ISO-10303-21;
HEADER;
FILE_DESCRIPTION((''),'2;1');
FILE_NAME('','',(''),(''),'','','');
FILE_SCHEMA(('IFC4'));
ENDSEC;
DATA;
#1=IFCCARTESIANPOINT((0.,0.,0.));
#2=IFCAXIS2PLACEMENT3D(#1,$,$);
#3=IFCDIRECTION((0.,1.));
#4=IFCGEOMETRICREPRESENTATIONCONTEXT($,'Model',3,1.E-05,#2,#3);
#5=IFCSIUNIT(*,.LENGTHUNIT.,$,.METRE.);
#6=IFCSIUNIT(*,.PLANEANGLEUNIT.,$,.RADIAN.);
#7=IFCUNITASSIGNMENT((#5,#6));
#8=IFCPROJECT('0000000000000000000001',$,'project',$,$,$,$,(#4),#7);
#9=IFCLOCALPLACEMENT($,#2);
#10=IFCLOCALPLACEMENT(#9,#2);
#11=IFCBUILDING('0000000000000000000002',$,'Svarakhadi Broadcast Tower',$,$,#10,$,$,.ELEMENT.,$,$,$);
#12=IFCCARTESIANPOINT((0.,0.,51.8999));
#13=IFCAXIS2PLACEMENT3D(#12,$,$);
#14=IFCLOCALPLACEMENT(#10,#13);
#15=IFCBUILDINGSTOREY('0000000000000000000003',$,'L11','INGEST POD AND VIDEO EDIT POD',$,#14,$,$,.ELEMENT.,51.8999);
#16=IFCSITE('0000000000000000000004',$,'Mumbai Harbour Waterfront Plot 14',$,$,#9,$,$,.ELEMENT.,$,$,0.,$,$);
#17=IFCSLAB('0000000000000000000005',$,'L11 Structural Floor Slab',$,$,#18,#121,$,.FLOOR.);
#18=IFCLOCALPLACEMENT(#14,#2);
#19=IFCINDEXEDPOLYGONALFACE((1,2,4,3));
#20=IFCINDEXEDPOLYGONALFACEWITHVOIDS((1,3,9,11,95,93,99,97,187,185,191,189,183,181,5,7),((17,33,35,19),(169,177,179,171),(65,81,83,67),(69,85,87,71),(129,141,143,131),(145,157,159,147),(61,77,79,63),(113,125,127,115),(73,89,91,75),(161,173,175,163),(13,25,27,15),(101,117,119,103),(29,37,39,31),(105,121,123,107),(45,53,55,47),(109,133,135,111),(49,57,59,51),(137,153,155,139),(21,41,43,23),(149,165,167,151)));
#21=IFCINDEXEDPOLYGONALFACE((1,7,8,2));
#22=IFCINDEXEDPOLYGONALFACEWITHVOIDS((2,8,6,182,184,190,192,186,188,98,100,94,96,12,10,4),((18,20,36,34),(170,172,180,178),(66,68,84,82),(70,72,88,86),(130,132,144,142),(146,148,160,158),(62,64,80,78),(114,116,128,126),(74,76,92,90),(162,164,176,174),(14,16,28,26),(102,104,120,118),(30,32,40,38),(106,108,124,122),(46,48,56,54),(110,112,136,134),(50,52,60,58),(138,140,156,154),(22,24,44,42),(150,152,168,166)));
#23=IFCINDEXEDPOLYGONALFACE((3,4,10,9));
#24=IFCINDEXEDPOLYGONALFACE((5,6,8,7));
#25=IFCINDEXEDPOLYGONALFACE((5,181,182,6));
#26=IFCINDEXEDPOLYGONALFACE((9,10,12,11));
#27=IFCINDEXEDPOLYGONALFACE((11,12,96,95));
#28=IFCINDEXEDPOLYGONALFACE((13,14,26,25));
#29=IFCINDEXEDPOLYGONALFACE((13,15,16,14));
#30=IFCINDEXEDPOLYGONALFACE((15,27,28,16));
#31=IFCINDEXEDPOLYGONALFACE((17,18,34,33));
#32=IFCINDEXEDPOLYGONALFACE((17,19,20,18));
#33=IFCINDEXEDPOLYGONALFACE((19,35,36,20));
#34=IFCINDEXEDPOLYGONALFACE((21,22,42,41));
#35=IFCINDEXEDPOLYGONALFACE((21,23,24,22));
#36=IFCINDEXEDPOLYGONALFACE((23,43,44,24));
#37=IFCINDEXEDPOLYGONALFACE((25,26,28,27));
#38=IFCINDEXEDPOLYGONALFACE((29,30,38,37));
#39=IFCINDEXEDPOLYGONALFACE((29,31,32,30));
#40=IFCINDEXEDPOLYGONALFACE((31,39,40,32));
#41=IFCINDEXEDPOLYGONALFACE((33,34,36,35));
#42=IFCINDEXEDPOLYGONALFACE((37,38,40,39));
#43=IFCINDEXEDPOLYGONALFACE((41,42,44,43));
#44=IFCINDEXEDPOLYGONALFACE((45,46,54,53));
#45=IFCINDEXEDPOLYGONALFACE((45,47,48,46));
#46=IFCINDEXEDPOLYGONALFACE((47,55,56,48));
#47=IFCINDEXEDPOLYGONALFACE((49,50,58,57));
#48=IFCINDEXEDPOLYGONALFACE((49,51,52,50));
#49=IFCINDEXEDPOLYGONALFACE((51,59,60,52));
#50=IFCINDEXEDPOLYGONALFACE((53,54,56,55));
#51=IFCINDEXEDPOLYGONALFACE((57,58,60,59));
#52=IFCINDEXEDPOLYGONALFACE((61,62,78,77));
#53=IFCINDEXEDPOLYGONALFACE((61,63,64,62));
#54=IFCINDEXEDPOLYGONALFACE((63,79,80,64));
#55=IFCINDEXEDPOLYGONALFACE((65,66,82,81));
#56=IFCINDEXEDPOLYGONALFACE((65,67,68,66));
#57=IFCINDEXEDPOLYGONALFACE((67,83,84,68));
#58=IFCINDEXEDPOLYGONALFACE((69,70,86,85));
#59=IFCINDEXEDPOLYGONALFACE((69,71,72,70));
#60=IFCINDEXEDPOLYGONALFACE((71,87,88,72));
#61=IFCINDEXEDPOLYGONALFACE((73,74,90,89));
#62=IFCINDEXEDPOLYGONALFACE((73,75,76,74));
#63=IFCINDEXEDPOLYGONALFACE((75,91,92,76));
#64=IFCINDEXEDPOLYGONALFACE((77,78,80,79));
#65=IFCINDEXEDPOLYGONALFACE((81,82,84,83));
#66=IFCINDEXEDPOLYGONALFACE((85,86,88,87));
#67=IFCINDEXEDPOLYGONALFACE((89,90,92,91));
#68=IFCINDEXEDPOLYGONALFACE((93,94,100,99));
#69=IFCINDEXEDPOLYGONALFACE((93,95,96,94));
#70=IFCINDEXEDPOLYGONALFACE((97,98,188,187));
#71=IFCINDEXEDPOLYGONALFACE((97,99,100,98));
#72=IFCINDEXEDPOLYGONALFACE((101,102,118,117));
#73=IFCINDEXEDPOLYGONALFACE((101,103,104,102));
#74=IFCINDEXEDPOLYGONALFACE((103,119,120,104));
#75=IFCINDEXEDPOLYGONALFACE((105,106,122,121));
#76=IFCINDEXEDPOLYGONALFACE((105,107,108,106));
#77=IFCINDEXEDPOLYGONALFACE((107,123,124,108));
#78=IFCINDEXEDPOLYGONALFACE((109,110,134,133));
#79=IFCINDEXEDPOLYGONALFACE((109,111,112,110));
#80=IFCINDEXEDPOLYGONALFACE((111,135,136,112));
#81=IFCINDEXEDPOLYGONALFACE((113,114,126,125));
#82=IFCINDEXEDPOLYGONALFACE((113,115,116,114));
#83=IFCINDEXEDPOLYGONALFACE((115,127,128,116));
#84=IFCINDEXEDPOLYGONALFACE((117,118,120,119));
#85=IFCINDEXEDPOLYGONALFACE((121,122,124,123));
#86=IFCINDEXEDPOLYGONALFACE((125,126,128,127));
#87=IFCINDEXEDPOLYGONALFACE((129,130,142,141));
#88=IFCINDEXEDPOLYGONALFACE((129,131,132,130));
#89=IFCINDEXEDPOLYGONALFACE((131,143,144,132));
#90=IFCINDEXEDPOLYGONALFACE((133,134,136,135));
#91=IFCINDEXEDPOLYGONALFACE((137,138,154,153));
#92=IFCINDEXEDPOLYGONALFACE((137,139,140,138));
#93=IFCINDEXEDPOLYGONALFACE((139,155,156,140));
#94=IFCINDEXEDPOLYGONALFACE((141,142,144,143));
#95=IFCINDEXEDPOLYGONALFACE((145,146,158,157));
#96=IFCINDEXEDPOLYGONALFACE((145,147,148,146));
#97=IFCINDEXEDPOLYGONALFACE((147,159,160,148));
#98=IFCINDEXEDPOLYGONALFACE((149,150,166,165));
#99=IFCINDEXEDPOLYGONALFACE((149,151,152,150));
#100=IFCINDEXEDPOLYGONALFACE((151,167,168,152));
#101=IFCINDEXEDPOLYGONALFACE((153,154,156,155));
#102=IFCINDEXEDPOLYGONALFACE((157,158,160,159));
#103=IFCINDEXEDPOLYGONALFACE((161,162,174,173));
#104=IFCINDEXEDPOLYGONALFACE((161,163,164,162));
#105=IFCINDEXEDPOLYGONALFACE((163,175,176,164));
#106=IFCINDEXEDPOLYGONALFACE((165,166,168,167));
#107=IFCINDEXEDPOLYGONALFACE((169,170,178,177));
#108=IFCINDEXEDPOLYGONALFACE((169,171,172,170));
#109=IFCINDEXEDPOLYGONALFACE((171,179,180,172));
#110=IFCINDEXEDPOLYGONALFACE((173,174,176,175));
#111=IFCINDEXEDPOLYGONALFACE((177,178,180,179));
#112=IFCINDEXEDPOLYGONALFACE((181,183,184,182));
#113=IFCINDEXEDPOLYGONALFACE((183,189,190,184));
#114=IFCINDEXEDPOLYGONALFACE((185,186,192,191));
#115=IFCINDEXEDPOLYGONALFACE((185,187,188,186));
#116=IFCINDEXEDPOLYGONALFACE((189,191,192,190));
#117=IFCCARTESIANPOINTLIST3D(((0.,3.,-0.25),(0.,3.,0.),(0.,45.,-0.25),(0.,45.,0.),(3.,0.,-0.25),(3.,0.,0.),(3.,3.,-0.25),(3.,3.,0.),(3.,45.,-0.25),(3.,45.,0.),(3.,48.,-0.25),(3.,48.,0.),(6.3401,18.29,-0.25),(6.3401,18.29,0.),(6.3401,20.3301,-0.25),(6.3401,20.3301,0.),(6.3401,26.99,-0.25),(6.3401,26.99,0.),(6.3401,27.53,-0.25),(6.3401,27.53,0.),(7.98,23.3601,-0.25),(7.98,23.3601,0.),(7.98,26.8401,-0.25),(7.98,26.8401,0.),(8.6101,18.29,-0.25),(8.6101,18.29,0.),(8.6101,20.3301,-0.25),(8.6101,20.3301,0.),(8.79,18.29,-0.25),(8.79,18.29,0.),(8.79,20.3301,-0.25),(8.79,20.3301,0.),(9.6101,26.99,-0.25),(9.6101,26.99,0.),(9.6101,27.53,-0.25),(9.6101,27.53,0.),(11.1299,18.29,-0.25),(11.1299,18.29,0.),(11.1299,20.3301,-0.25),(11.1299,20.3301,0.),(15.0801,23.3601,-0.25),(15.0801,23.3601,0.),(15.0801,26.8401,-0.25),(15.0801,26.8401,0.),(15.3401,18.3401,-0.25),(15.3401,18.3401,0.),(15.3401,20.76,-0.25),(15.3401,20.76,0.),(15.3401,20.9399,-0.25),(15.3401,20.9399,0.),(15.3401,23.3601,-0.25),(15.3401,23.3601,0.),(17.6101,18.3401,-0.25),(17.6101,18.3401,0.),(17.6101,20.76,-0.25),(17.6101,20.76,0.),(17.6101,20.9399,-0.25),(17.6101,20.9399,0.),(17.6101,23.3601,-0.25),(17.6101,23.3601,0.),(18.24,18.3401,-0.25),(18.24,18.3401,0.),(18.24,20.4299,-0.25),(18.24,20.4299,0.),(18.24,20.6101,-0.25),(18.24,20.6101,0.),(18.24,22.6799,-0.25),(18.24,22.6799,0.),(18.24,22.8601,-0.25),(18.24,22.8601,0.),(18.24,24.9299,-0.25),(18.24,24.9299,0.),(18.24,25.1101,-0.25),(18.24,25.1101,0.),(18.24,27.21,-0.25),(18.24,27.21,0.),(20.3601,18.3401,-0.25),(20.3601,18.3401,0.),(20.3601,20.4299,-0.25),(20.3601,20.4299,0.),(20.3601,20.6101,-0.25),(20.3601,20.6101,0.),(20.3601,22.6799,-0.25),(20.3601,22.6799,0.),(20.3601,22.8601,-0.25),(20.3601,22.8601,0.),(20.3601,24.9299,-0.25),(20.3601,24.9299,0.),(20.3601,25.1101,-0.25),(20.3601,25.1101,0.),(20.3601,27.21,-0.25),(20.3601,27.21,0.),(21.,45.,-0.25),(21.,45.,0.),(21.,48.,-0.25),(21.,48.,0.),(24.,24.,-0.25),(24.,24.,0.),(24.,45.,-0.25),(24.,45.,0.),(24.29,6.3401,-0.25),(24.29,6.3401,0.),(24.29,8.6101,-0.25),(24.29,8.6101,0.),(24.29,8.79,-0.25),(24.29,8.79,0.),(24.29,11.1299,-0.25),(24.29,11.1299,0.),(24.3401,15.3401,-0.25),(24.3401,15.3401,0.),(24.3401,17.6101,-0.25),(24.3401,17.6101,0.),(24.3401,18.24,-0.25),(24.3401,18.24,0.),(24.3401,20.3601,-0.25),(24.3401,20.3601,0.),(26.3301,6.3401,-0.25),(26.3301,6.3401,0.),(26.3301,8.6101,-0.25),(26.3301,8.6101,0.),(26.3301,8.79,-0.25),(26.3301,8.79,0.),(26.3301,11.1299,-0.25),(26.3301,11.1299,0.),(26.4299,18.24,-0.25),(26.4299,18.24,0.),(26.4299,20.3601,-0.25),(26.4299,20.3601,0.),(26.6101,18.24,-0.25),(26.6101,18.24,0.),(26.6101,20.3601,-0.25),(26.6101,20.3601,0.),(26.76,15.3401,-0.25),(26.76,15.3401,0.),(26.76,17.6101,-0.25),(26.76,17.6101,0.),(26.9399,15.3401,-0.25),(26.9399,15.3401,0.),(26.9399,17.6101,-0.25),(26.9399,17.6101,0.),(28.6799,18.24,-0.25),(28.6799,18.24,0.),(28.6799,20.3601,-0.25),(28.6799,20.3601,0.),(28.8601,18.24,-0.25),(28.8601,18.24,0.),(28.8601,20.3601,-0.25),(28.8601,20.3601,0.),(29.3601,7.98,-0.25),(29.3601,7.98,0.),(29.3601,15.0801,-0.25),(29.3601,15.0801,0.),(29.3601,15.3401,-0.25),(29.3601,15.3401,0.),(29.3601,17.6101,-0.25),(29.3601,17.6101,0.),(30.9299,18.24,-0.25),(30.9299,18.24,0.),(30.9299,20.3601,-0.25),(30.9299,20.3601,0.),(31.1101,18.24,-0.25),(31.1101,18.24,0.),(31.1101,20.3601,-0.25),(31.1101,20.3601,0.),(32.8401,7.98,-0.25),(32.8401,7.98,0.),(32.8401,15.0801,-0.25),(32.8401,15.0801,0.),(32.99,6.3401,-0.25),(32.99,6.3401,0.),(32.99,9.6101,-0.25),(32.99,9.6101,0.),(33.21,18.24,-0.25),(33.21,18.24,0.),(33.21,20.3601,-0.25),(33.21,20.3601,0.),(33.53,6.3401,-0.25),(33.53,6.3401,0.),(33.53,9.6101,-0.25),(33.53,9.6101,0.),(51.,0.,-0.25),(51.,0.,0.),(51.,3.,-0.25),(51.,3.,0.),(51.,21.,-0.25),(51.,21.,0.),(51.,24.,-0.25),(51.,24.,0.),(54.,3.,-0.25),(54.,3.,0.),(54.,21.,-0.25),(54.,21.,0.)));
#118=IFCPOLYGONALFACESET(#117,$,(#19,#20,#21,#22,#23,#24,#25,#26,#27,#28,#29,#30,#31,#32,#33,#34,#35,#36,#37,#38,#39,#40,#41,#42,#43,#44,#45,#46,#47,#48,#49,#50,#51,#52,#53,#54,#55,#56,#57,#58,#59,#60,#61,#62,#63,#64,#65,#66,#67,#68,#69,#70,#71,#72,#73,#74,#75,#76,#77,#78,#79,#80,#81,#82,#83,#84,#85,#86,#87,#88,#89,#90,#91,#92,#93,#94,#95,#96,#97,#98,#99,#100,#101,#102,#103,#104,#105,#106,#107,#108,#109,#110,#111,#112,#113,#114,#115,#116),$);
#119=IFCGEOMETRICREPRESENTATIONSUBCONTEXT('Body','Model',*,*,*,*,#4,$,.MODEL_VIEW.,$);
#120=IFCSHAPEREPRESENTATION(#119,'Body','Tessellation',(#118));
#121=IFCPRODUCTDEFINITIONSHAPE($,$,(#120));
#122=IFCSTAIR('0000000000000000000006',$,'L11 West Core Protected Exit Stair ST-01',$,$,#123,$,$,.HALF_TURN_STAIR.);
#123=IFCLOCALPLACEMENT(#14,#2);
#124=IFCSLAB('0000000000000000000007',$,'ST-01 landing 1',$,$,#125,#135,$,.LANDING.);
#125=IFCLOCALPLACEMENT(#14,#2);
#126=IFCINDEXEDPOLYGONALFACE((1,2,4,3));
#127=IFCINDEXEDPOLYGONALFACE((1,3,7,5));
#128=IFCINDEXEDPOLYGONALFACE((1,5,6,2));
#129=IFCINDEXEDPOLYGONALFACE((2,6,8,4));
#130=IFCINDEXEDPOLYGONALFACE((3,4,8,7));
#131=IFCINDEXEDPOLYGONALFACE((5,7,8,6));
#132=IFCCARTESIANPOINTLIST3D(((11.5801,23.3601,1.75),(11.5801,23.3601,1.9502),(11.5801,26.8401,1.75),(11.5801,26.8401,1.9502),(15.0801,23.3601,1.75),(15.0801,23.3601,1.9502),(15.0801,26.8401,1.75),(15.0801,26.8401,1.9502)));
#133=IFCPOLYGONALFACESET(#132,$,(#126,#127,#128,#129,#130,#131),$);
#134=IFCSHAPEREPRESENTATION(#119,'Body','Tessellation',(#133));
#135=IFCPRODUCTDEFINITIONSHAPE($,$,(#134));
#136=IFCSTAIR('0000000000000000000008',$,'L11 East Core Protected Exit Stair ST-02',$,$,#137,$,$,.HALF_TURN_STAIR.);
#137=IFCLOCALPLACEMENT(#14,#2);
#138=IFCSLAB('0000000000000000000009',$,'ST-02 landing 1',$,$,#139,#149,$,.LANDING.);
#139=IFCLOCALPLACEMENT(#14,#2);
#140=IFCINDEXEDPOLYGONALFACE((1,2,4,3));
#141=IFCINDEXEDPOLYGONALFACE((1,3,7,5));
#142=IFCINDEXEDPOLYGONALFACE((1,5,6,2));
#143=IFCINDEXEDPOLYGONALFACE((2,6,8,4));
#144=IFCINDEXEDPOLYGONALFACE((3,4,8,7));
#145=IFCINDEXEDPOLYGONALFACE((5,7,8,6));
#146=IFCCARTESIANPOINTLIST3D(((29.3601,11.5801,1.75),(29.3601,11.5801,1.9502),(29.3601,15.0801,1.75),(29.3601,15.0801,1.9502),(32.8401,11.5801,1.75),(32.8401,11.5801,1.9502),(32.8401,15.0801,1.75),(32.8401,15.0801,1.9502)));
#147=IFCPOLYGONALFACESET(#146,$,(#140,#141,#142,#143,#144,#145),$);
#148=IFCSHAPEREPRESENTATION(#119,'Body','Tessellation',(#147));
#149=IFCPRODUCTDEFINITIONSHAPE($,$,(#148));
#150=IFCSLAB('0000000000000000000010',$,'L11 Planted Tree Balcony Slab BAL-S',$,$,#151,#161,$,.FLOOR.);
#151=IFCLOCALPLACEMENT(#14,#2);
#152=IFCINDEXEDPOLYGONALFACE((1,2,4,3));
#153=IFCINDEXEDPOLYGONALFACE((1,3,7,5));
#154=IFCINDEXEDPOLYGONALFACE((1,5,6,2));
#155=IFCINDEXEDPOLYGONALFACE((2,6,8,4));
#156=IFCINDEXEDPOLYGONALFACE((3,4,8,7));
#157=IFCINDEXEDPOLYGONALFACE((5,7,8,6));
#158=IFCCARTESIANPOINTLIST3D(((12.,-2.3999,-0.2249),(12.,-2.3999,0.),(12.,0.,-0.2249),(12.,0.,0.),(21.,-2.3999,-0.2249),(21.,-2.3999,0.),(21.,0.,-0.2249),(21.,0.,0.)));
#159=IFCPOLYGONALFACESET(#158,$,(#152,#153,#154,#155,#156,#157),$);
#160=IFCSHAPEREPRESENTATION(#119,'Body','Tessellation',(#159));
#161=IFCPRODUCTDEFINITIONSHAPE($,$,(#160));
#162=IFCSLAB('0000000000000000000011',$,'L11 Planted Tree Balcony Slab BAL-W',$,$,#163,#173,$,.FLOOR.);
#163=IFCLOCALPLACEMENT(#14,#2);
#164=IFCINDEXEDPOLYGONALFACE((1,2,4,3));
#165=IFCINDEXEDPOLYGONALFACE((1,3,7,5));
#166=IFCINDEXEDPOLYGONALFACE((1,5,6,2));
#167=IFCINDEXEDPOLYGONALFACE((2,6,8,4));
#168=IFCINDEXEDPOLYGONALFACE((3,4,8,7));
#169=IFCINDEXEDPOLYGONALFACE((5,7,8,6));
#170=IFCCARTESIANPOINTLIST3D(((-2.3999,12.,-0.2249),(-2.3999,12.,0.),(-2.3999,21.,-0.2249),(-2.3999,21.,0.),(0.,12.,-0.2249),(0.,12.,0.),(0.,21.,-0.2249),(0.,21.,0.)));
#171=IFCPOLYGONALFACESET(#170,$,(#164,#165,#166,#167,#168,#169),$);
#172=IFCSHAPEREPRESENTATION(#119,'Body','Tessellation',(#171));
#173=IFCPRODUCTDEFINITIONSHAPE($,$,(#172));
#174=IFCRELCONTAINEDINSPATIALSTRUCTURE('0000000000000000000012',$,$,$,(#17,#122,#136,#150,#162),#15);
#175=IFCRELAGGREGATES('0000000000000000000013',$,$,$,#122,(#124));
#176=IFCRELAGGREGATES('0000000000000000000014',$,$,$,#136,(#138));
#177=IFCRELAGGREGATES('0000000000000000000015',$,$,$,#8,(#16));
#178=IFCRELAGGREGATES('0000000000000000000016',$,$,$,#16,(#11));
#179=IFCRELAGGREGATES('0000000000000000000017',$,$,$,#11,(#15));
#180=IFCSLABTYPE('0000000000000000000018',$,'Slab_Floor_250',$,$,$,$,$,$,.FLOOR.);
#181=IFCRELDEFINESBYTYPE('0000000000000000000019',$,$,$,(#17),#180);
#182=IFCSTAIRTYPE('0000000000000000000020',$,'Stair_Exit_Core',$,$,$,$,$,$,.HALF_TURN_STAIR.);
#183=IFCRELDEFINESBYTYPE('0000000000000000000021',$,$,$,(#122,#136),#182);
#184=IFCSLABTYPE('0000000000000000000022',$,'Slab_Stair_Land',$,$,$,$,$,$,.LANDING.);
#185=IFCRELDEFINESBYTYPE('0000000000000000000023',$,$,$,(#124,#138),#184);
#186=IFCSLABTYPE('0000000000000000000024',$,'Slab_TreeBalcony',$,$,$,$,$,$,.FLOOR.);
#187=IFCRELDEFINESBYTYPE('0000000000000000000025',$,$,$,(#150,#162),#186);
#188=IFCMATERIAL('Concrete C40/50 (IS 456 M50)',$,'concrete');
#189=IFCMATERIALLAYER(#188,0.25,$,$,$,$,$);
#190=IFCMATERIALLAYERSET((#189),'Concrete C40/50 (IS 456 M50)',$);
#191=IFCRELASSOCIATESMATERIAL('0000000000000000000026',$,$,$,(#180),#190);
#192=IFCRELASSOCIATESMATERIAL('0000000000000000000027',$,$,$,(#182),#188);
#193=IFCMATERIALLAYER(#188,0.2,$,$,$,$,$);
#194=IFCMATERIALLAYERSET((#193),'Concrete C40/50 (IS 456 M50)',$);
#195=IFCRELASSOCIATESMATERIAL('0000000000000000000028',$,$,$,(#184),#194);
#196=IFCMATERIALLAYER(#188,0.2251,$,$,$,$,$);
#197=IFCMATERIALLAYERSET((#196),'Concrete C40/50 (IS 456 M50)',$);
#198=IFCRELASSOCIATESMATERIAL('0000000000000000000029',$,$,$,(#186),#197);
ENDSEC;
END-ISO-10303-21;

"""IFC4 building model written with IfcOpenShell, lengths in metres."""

from ifc_helpers import new_model, si_unit, direction, frame, origin, place, context, subcontext, project, spatial, polyline, outline, extrude, material, layer, layer_set, type_object, element, aggregate, save


model = new_model("IFC4")

# Units and contexts
model_context = context("Model", 3, precision=1e-05, world=origin(), true_north=direction((0.0, 1.0)))
body_context = subcontext(model_context, "Body", "Model", "MODEL_VIEW")
ifc_project = project(units=[si_unit("LENGTHUNIT", "METRE"), si_unit("PLANEANGLEUNIT", "RADIAN")], contexts=[model_context])

# Site, building, storey
site_placement = place(None, origin())
site = spatial("IfcSite", under=ifc_project, at=site_placement, Name="Mumbai Harbour Waterfront Plot 14", CompositionType="ELEMENT", RefElevation=0.0)
building_placement = place(site_placement, origin())
building = spatial("IfcBuilding", under=site, at=building_placement, Name="Svarakhadi Broadcast Tower", CompositionType="ELEMENT")
storey_placement = place(building_placement, frame((0.0, 0.0, 51.8999)))
storey = spatial("IfcBuildingStorey", under=building, at=storey_placement, Name="L11", Description="INGEST POD AND VIDEO EDIT POD", CompositionType="ELEMENT", Elevation=51.8999)

# Slab
ifc_material_1 = material(Name="Concrete C40/50 (IS 456 M50)", Category="concrete")
ifc_layer_1 = layer(ifc_material_1, 0.25)
ifc_layer_set_1 = layer_set([ifc_layer_1], Name="Concrete C40/50 (IS 456 M50)")
slab_type_1 = type_object("IfcSlabType", Name="Slab_Floor_250", PredefinedType="FLOOR", material=ifc_layer_set_1)
slab_1_placement = place(storey_placement, frame((0.0, 0.0, -0.25)))
element("IfcSlab", 1, at=slab_1_placement, inside=storey, type_object=slab_type_1, Name="L11 Structural Floor Slab", PredefinedType="FLOOR", context=body_context, shape_type="SweptSolid", body=[
    extrude(outline(polyline([(3.0, 0.0), (51.0, 0.0), (51.0, 3.0), (54.0, 3.0), (54.0, 21.0), (51.0, 21.0), (51.0, 24.0), (24.0, 24.0), (24.0, 45.0), (21.0, 45.0), (21.0, 48.0), (3.0, 48.0), (3.0, 45.0), (0.0, 45.0), (0.0, 3.0), (3.0, 3.0), (3.0, 0.0)]), holes=[polyline([(7.98, 23.3601), (15.0801, 23.3601), (15.0801, 26.8401), (7.98, 26.8401), (7.98, 23.3601)]), polyline([(32.8401, 7.98), (32.8401, 15.0801), (29.3601, 15.0801), (29.3601, 7.98), (32.8401, 7.98)]), polyline([(6.3401, 18.29), (8.6101, 18.29), (8.6101, 20.3301), (6.3401, 20.3301), (6.3401, 18.29)]), polyline([(8.79, 18.29), (11.1299, 18.29), (11.1299, 20.3301), (8.79, 20.3301), (8.79, 18.29)]), polyline([(24.29, 6.3401), (26.3301, 6.3401), (26.3301, 8.6101), (24.29, 8.6101), (24.29, 6.3401)]), polyline([(24.29, 8.79), (26.3301, 8.79), (26.3301, 11.1299), (24.29, 11.1299), (24.29, 8.79)]), polyline([(6.3401, 26.99), (9.6101, 26.99), (9.6101, 27.53), (6.3401, 27.53), (6.3401, 26.99)]), polyline([(32.99, 6.3401), (33.53, 6.3401), (33.53, 9.6101), (32.99, 9.6101), (32.99, 6.3401)]), polyline([(15.3401, 18.3401), (17.6101, 18.3401), (17.6101, 20.76), (15.3401, 20.76), (15.3401, 18.3401)]), polyline([(15.3401, 20.9399), (17.6101, 20.9399), (17.6101, 23.3601), (15.3401, 23.3601), (15.3401, 20.9399)]), polyline([(24.3401, 15.3401), (26.76, 15.3401), (26.76, 17.6101), (24.3401, 17.6101), (24.3401, 15.3401)]), polyline([(26.9399, 15.3401), (29.3601, 15.3401), (29.3601, 17.6101), (26.9399, 17.6101), (26.9399, 15.3401)]), polyline([(18.24, 18.3401), (20.3601, 18.3401), (20.3601, 20.4299), (18.24, 20.4299), (18.24, 18.3401)]), polyline([(18.24, 20.6101), (20.3601, 20.6101), (20.3601, 22.6799), (18.24, 22.6799), (18.24, 20.6101)]), polyline([(18.24, 22.8601), (20.3601, 22.8601), (20.3601, 24.9299), (18.24, 24.9299), (18.24, 22.8601)]), polyline([(18.24, 25.1101), (20.3601, 25.1101), (20.3601, 27.21), (18.24, 27.21), (18.24, 25.1101)]), polyline([(24.3401, 18.24), (26.4299, 18.24), (26.4299, 20.3601), (24.3401, 20.3601), (24.3401, 18.24)]), polyline([(26.6101, 18.24), (28.6799, 18.24), (28.6799, 20.3601), (26.6101, 20.3601), (26.6101, 18.24)]), polyline([(28.8601, 18.24), (30.9299, 18.24), (30.9299, 20.3601), (28.8601, 20.3601), (28.8601, 18.24)]), polyline([(31.1101, 18.24), (33.21, 18.24), (33.21, 20.3601), (31.1101, 20.3601), (31.1101, 18.24)])]), origin(), (0.0, 0.0, 1.0), 0.25),
])

# Stairs, slabs
stair_type = type_object("IfcStairType", Name="Stair_Exit_Core", PredefinedType="HALF_TURN_STAIR", material=ifc_material_1)
stair_1_placement = place(storey_placement, origin())
stair_1 = element("IfcStair", 2, at=stair_1_placement, inside=storey, type_object=stair_type, Name="L11 West Core Protected Exit Stair ST-01", PredefinedType="HALF_TURN_STAIR")
ifc_layer_2 = layer(ifc_material_1, 0.2)
ifc_layer_set_2 = layer_set([ifc_layer_2], Name="Concrete C40/50 (IS 456 M50)")
slab_type_2 = type_object("IfcSlabType", Name="Slab_Stair_Land", PredefinedType="LANDING", material=ifc_layer_set_2)
slab_2_placement = place(storey_placement, frame((0.0, 0.0, 1.75)))
slab_2 = element("IfcSlab", 3, at=slab_2_placement, type_object=slab_type_2, Name="ST-01 landing 1", PredefinedType="LANDING", context=body_context, shape_type="SweptSolid", body=[
    extrude(outline(polyline([(11.5801, 23.3601), (15.0801, 23.3601), (15.0801, 26.8401), (11.5801, 26.8401), (11.5801, 23.3601)])), origin(), (0.0, 0.0, 1.0), 0.2002),
])
aggregate(stair_1, [slab_2])
stair_2_placement = place(storey_placement, origin())
stair_2 = element("IfcStair", 4, at=stair_2_placement, inside=storey, type_object=stair_type, Name="L11 East Core Protected Exit Stair ST-02", PredefinedType="HALF_TURN_STAIR")
slab_3_placement = place(storey_placement, frame((0.0, 0.0, 1.75)))
slab_3 = element("IfcSlab", 5, at=slab_3_placement, type_object=slab_type_2, Name="ST-02 landing 1", PredefinedType="LANDING", context=body_context, shape_type="SweptSolid", body=[
    extrude(outline(polyline([(32.8401, 11.5801), (32.8401, 15.0801), (29.3601, 15.0801), (29.3601, 11.5801), (32.8401, 11.5801)])), origin(), (0.0, 0.0, 1.0), 0.2002),
])
aggregate(stair_2, [slab_3])

# Slabs
ifc_layer_3 = layer(ifc_material_1, 0.2251)
ifc_layer_set_3 = layer_set([ifc_layer_3], Name="Concrete C40/50 (IS 456 M50)")
slab_type_3 = type_object("IfcSlabType", Name="Slab_TreeBalcony", PredefinedType="FLOOR", material=ifc_layer_set_3)
slab_4_placement = place(storey_placement, frame((0.0, 0.0, -0.2249)))
element("IfcSlab", 6, at=slab_4_placement, inside=storey, type_object=slab_type_3, Name="L11 Planted Tree Balcony Slab BAL-S", PredefinedType="FLOOR", context=body_context, shape_type="SweptSolid", body=[
    extrude(outline(polyline([(12.0, -2.3999), (21.0, -2.3999), (21.0, 0.0), (12.0, 0.0), (12.0, -2.3999)])), origin(), (0.0, 0.0, 1.0), 0.2249),
])
slab_5_placement = place(storey_placement, frame((0.0, 0.0, -0.2249)))
element("IfcSlab", 7, at=slab_5_placement, inside=storey, type_object=slab_type_3, Name="L11 Planted Tree Balcony Slab BAL-W", PredefinedType="FLOOR", context=body_context, shape_type="SweptSolid", body=[
    extrude(outline(polyline([(-2.3999, 12.0), (0.0, 12.0), (0.0, 21.0), (-2.3999, 21.0), (-2.3999, 12.0)])), origin(), (0.0, 0.0, 1.0), 0.2249),
])

save(model, "model.ifc")
